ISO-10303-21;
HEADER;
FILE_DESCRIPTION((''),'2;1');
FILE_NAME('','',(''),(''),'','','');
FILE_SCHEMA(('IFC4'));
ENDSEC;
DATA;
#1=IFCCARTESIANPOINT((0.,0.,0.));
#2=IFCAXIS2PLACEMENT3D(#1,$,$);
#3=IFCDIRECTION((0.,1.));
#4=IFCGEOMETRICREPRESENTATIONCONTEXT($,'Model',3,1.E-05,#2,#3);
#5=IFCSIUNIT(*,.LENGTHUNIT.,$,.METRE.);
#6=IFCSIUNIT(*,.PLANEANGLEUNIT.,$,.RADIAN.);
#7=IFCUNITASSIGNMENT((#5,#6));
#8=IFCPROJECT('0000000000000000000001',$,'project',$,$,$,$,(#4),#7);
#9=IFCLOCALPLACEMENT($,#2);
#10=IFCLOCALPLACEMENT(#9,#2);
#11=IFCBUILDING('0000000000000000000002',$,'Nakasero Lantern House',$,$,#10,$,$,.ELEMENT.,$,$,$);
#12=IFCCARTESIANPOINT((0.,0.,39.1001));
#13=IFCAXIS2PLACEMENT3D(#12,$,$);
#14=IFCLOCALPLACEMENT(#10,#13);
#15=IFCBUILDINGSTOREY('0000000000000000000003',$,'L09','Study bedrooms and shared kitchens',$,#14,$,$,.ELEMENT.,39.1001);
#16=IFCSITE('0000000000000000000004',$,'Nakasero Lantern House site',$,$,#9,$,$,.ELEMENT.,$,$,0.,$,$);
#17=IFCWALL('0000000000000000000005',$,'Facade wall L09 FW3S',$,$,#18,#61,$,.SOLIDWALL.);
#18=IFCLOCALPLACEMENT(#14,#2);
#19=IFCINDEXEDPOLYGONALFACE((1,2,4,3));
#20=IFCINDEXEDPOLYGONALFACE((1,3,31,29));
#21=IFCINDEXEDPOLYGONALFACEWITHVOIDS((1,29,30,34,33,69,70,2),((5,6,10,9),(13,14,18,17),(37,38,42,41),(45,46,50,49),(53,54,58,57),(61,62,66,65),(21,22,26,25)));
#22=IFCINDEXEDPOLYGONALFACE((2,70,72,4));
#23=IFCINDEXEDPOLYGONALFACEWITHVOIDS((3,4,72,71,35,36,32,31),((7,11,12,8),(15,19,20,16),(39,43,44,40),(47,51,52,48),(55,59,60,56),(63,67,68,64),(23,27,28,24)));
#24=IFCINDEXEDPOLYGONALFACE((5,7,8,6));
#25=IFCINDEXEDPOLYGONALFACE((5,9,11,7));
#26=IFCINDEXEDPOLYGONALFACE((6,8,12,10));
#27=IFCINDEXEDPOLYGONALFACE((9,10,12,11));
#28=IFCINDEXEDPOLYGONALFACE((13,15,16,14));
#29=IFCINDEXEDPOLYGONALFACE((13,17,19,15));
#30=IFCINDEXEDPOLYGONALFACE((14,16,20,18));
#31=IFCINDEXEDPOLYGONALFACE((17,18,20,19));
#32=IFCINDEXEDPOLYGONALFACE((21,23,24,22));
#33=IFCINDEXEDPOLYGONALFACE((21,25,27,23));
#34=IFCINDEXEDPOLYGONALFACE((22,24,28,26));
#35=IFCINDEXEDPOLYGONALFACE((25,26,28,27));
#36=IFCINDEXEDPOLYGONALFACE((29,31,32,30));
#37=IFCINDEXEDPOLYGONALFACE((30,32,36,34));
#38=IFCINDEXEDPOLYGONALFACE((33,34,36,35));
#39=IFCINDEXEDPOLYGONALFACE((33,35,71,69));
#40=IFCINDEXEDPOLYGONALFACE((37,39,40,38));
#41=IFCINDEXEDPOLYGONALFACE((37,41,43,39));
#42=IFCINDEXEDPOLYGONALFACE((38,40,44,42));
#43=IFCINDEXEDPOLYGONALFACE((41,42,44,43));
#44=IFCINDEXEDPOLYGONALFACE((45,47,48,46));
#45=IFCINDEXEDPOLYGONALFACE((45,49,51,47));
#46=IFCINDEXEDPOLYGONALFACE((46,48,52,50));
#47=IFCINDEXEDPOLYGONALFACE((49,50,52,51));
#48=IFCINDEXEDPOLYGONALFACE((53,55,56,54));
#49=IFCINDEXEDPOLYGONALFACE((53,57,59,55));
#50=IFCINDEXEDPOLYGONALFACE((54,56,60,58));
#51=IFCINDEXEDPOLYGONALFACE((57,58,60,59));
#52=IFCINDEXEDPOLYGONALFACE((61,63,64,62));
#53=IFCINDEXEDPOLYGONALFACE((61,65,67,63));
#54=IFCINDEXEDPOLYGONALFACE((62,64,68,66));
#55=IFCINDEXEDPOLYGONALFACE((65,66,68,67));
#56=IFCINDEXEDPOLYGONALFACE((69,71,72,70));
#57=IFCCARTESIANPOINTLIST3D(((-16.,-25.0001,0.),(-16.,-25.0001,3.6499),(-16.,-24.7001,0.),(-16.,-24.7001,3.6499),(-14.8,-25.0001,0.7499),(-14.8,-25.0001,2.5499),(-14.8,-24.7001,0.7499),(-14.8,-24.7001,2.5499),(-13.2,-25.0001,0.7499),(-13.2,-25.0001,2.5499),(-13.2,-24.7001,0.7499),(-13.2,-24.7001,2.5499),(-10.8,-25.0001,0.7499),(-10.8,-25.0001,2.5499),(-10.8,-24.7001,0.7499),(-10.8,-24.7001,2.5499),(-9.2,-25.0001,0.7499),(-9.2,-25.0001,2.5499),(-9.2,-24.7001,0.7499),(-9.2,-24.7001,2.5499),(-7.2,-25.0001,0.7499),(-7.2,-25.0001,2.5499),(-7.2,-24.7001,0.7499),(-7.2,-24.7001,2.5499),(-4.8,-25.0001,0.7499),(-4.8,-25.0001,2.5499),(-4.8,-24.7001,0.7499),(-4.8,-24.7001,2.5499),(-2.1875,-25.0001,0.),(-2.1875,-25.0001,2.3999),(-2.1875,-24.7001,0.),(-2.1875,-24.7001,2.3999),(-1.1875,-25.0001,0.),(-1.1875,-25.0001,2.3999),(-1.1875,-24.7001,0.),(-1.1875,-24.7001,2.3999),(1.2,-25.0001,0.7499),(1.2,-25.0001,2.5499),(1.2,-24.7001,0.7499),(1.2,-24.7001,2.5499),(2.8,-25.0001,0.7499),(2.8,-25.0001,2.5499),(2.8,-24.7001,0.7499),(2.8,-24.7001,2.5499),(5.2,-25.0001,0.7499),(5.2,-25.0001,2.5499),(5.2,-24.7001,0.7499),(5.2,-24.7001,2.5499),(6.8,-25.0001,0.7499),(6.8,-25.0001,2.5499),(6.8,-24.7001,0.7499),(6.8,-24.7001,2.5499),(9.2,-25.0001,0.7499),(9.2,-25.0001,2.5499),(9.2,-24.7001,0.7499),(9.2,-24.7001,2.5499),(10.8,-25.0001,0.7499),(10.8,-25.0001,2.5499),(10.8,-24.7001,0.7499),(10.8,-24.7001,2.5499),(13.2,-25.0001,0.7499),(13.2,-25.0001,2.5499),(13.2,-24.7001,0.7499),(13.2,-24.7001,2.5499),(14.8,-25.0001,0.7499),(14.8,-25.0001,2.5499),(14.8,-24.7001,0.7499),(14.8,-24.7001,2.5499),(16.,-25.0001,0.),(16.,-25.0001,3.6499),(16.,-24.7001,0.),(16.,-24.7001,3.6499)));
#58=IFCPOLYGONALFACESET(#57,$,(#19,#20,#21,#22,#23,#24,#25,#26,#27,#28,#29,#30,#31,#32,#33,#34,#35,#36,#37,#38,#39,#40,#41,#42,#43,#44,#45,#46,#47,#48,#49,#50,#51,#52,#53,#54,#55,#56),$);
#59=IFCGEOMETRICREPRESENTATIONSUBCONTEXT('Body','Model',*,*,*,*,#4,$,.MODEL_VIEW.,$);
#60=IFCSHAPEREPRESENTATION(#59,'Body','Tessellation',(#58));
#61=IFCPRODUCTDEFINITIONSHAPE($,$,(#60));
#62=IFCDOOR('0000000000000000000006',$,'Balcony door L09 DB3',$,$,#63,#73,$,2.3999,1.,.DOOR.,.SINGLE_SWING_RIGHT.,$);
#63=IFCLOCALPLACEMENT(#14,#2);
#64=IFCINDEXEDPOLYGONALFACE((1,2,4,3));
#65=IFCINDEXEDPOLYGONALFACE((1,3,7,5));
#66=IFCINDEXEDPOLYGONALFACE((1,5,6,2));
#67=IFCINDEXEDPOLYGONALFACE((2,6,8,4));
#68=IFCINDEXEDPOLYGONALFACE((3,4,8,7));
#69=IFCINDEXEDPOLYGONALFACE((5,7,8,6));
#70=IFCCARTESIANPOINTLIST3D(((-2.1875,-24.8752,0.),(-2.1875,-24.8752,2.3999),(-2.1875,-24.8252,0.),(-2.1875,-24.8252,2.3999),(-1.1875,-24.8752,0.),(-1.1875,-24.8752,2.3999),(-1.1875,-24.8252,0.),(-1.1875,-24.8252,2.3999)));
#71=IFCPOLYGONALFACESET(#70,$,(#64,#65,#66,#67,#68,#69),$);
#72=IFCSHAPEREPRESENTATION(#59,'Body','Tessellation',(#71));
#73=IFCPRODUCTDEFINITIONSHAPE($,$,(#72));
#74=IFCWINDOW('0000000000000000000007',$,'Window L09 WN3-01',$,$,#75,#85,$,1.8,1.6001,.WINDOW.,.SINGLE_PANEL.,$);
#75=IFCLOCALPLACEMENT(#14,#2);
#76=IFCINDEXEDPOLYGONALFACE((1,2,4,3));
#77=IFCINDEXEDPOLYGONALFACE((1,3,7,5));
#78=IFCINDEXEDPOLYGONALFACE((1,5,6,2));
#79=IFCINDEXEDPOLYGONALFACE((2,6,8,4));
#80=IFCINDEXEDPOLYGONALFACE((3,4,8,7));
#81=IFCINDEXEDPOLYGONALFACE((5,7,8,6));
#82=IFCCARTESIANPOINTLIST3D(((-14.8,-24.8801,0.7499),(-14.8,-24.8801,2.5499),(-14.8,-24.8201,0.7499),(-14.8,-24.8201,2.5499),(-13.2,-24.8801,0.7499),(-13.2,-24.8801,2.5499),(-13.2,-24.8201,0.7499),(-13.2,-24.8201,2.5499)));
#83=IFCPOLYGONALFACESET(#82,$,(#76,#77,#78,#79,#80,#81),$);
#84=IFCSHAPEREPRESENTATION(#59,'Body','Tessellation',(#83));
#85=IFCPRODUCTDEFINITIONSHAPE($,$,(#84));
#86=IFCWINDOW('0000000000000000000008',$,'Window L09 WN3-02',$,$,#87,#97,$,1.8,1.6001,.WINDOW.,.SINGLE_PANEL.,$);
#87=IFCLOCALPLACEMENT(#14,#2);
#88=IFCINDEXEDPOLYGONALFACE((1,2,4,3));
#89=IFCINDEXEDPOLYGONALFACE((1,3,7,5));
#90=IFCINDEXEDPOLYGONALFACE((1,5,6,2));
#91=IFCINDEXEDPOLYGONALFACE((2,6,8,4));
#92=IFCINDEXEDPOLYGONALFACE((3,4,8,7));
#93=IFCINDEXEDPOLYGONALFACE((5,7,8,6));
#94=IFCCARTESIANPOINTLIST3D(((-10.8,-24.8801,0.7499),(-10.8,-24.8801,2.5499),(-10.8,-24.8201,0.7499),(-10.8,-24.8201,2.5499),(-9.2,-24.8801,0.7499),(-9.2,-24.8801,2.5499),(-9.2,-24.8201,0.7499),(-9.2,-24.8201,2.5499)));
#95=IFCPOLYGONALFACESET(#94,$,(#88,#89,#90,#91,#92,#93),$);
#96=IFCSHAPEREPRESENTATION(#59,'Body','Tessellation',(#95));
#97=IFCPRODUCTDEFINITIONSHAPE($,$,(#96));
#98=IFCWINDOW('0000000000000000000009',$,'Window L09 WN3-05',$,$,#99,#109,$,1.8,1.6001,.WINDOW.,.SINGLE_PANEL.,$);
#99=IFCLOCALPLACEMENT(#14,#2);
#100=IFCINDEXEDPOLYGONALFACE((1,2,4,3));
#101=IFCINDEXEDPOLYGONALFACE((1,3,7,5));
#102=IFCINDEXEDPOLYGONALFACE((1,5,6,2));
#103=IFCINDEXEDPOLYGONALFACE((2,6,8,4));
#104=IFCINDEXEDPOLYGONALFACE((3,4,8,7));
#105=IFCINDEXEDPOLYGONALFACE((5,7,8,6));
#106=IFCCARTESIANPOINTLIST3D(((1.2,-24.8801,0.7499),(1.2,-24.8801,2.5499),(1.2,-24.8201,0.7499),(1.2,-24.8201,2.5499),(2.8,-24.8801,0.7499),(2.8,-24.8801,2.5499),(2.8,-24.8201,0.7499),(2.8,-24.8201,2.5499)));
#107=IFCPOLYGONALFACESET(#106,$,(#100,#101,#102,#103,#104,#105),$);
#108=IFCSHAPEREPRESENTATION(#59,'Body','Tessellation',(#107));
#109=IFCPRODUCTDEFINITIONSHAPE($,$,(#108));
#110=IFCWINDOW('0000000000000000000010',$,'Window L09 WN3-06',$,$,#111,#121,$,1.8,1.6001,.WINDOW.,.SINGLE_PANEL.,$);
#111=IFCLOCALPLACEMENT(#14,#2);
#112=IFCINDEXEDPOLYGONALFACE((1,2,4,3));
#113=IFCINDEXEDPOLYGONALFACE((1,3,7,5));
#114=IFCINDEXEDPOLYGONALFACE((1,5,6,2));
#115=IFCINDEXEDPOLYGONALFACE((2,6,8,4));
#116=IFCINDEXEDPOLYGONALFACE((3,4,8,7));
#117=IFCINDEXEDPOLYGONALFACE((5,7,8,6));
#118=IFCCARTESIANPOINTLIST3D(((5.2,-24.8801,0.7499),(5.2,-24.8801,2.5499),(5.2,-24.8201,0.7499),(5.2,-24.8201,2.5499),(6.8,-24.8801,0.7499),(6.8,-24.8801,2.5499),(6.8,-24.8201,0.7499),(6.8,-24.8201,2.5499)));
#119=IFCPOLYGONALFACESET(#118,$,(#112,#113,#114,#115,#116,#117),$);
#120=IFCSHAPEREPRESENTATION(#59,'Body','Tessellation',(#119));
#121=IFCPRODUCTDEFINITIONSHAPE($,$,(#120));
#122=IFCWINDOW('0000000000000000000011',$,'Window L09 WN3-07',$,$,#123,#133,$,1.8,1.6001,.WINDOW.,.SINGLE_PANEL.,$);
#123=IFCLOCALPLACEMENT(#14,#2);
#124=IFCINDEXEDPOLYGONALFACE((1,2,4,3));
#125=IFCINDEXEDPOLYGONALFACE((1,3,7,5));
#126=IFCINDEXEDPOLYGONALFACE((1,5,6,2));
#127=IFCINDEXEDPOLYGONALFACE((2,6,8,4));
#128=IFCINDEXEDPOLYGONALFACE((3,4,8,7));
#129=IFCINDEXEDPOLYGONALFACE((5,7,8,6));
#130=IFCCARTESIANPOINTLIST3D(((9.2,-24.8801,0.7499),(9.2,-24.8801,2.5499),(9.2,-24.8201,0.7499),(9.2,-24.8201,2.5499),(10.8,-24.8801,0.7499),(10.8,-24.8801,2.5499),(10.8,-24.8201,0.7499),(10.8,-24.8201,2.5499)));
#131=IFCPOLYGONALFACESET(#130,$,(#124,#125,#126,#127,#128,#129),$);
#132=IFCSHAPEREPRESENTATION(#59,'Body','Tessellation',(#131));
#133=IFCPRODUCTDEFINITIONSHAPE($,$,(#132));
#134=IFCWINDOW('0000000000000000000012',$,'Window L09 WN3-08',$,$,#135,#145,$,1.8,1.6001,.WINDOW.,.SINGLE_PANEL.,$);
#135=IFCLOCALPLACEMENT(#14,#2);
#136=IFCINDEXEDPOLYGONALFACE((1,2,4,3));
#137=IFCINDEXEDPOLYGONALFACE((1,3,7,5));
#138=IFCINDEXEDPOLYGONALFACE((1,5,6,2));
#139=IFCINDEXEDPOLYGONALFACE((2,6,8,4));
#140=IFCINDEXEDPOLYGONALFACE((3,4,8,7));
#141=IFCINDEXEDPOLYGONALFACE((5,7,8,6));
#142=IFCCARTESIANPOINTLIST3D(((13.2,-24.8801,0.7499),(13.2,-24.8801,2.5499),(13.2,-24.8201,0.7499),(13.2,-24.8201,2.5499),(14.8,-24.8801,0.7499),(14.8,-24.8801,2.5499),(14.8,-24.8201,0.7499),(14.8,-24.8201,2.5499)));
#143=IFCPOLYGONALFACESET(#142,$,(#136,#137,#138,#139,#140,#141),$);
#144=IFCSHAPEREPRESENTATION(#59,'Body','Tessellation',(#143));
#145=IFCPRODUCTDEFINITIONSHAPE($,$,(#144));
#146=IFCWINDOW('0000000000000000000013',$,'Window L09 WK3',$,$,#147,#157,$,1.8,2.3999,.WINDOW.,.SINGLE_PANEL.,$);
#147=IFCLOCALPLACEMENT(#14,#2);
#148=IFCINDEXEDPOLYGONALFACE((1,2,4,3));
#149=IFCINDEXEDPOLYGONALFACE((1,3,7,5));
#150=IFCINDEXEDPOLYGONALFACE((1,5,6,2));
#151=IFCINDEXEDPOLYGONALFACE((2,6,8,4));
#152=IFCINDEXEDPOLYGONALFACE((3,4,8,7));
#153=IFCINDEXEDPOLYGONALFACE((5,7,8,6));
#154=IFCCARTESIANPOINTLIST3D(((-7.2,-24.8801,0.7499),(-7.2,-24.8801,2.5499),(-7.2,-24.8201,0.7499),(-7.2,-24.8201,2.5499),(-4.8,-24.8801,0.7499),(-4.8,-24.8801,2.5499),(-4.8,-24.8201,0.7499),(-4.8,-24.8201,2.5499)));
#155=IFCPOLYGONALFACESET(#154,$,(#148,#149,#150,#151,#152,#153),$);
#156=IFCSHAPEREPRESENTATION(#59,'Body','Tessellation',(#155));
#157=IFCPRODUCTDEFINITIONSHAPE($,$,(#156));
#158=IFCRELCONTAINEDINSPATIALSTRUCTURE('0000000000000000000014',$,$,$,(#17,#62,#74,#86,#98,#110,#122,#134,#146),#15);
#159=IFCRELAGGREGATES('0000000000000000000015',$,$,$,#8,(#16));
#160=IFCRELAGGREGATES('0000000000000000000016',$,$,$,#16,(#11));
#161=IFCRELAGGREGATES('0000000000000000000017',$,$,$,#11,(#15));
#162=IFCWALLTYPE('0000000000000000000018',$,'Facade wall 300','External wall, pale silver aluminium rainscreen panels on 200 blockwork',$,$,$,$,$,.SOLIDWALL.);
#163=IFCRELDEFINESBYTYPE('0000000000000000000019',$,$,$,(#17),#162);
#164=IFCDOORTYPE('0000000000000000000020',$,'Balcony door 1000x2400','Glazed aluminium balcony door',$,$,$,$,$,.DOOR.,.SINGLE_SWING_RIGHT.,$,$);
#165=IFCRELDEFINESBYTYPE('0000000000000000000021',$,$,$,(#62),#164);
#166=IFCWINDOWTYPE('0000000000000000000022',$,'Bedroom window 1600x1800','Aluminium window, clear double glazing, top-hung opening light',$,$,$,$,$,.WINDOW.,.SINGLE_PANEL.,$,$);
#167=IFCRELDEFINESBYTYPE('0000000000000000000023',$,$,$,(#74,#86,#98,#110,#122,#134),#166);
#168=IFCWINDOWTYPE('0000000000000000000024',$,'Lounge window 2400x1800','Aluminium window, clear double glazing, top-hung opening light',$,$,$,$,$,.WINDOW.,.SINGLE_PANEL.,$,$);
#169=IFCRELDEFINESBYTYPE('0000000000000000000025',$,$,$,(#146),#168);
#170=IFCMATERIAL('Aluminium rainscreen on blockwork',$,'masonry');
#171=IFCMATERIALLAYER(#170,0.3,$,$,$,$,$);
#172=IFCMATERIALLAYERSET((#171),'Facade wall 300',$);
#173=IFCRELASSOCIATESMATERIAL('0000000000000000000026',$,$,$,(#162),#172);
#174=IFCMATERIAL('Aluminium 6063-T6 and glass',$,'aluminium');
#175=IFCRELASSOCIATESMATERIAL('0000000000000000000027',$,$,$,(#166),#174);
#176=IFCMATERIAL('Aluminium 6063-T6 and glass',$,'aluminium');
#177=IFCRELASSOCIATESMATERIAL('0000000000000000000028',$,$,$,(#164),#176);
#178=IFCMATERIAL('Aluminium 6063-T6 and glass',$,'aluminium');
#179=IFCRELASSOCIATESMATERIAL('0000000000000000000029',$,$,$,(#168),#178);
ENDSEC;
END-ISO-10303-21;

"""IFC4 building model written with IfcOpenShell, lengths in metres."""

from ifc_helpers import new_model, si_unit, direction, frame, frame_2d, origin, place, context, subcontext, project, spatial, rectangle, extrude, material, layer, layer_set, type_object, element, fill, save


model = new_model("IFC4")

# Units and contexts
model_context = context("Model", 3, precision=1e-05, world=origin(), true_north=direction((0.0, 1.0)))
body_context = subcontext(model_context, "Body", "Model", "MODEL_VIEW")
ifc_project = project(units=[si_unit("LENGTHUNIT", "METRE"), si_unit("PLANEANGLEUNIT", "RADIAN")], contexts=[model_context])

# Site, building, storey
site_placement = place(None, origin())
site = spatial("IfcSite", under=ifc_project, at=site_placement, Name="Nakasero Lantern House site", CompositionType="ELEMENT", RefElevation=0.0)
building_placement = place(site_placement, origin())
building = spatial("IfcBuilding", under=site, at=building_placement, Name="Nakasero Lantern House", CompositionType="ELEMENT")
storey_placement = place(building_placement, frame((0.0, 0.0, 39.1001)))
storey = spatial("IfcBuildingStorey", under=building, at=storey_placement, Name="L09", Description="Study bedrooms and shared kitchens", CompositionType="ELEMENT", Elevation=39.1001)

# Shared definitions
ifc_material_1 = material(Name="Aluminium rainscreen on blockwork", Category="masonry")
ifc_layer_1 = layer(ifc_material_1, 0.3)
ifc_layer_set_1 = layer_set([ifc_layer_1], Name="Facade wall 300")
wall_type_1 = type_object("IfcWallType", Name="Facade wall 300", Description="External wall, pale silver aluminium rainscreen panels on 200 blockwork", PredefinedType="SOLIDWALL", material=ifc_layer_set_1)
ifc_material_2 = material(Name="Aluminium 6063-T6 and glass", Category="aluminium")
window_type_1 = type_object("IfcWindowType", Name="Bedroom window 1600x1800", Description="Aluminium window, clear double glazing, top-hung opening light", PartitioningType="SINGLE_PANEL", PredefinedType="WINDOW", material=ifc_material_2)

# Wall, openings, door, windows
wall_1_placement = place(storey_placement, frame((-16.0, -24.8501, 0.0), z_axis=(0.0, 0.0, 1.0), x_axis=(1.0, 0.0, 0.0)))
wall_1 = element("IfcWall", 1, at=wall_1_placement, inside=storey, type_object=wall_type_1, Name="Facade wall L09 FW3S", PredefinedType="SOLIDWALL", context=body_context, shape_type="SweptSolid", body=[
    extrude(rectangle(XDim=32.0, YDim=0.3, at=frame_2d((16.0, 0.0))), origin(), (0.0, 0.0, 1.0), 3.6499),
])
opening_1_placement = place(wall_1_placement, frame((1.2, 0.0, 0.75)))
opening_1 = element("IfcOpeningElement", 2, at=opening_1_placement, cuts=wall_1, PredefinedType="OPENING", context=body_context, shape_type="SweptSolid", body=[
    extrude(rectangle(XDim=1.6001, YDim=1.8, at=frame_2d((0.8, 0.8999))), frame((0.0, 0.1699, 0.0), z_axis=(0.0, -1.0, 0.0), x_axis=(1.0, 0.0, 0.0)), (0.0, 0.0, 1.0), 0.3401),
])
opening_2_placement = place(wall_1_placement, frame((5.2, 0.0, 0.75)))
opening_2 = element("IfcOpeningElement", 3, at=opening_2_placement, cuts=wall_1, PredefinedType="OPENING", context=body_context, shape_type="SweptSolid", body=[
    extrude(rectangle(XDim=1.6001, YDim=1.8, at=frame_2d((0.8, 0.8999))), frame((0.0, 0.1699, 0.0), z_axis=(0.0, -1.0, 0.0), x_axis=(1.0, 0.0, 0.0)), (0.0, 0.0, 1.0), 0.3401),
])
opening_3_placement = place(wall_1_placement, frame((17.2, 0.0, 0.75)))
opening_3 = element("IfcOpeningElement", 4, at=opening_3_placement, cuts=wall_1, PredefinedType="OPENING", context=body_context, shape_type="SweptSolid", body=[
    extrude(rectangle(XDim=1.6001, YDim=1.8, at=frame_2d((0.8, 0.8999))), frame((0.0, 0.1699, 0.0), z_axis=(0.0, -1.0, 0.0), x_axis=(1.0, 0.0, 0.0)), (0.0, 0.0, 1.0), 0.3401),
])
opening_4_placement = place(wall_1_placement, frame((21.2, 0.0, 0.75)))
opening_4 = element("IfcOpeningElement", 5, at=opening_4_placement, cuts=wall_1, PredefinedType="OPENING", context=body_context, shape_type="SweptSolid", body=[
    extrude(rectangle(XDim=1.6001, YDim=1.8, at=frame_2d((0.8, 0.8999))), frame((0.0, 0.1699, 0.0), z_axis=(0.0, -1.0, 0.0), x_axis=(1.0, 0.0, 0.0)), (0.0, 0.0, 1.0), 0.3401),
])
opening_5_placement = place(wall_1_placement, frame((25.2, 0.0, 0.75)))
opening_5 = element("IfcOpeningElement", 6, at=opening_5_placement, cuts=wall_1, PredefinedType="OPENING", context=body_context, shape_type="SweptSolid", body=[
    extrude(rectangle(XDim=1.6001, YDim=1.8, at=frame_2d((0.8, 0.8999))), frame((0.0, 0.1699, 0.0), z_axis=(0.0, -1.0, 0.0), x_axis=(1.0, 0.0, 0.0)), (0.0, 0.0, 1.0), 0.3401),
])
opening_6_placement = place(wall_1_placement, frame((29.2, 0.0, 0.75)))
opening_6 = element("IfcOpeningElement", 7, at=opening_6_placement, cuts=wall_1, PredefinedType="OPENING", context=body_context, shape_type="SweptSolid", body=[
    extrude(rectangle(XDim=1.6001, YDim=1.8, at=frame_2d((0.8, 0.8999))), frame((0.0, 0.1699, 0.0), z_axis=(0.0, -1.0, 0.0), x_axis=(1.0, 0.0, 0.0)), (0.0, 0.0, 1.0), 0.3401),
])
opening_7_placement = place(wall_1_placement, frame((8.8, 0.0, 0.75)))
opening_7 = element("IfcOpeningElement", 8, at=opening_7_placement, cuts=wall_1, PredefinedType="OPENING", context=body_context, shape_type="SweptSolid", body=[
    extrude(rectangle(XDim=2.3999, YDim=1.8, at=frame_2d((1.2, 0.8999))), frame((0.0, 0.1699, 0.0), z_axis=(0.0, -1.0, 0.0), x_axis=(1.0, 0.0, 0.0)), (0.0, 0.0, 1.0), 0.3401),
])
opening_8_placement = place(wall_1_placement, frame((13.8125, 0.0, 0.0)))
opening_8 = element("IfcOpeningElement", 9, at=opening_8_placement, cuts=wall_1, PredefinedType="OPENING", context=body_context, shape_type="SweptSolid", body=[
    extrude(rectangle(XDim=1.0, YDim=2.3999, at=frame_2d((0.5, 1.2))), frame((0.0, 0.1699, 0.0), z_axis=(0.0, -1.0, 0.0), x_axis=(1.0, 0.0, 0.0)), (0.0, 0.0, 1.0), 0.3401),
])
ifc_material_3 = material(Name="Aluminium 6063-T6 and glass", Category="aluminium")
door_type_1 = type_object("IfcDoorType", Name="Balcony door 1000x2400", Description="Glazed aluminium balcony door", OperationType="SINGLE_SWING_RIGHT", PredefinedType="DOOR", material=ifc_material_3)
door_1_placement = place(opening_8_placement, origin())
door_1 = element("IfcDoor", 10, at=door_1_placement, inside=storey, type_object=door_type_1, Name="Balcony door L09 DB3", OperationType="SINGLE_SWING_RIGHT", OverallHeight=2.3999, OverallWidth=1.0, PredefinedType="DOOR", context=body_context, shape_type="SweptSolid", body=[
    extrude(rectangle(XDim=1.0, YDim=2.3999, at=frame_2d((0.5, 1.2))), frame((0.0, 0.0249, 0.0), z_axis=(0.0, -1.0, 0.0), x_axis=(1.0, 0.0, 0.0)), (0.0, 0.0, 1.0), 0.05),
])
fill(opening_8, door_1)
window_1_placement = place(opening_1_placement, origin())
window_1 = element("IfcWindow", 11, at=window_1_placement, inside=storey, type_object=window_type_1, Name="Window L09 WN3-01", OverallHeight=1.8, OverallWidth=1.6001, PartitioningType="SINGLE_PANEL", PredefinedType="WINDOW", context=body_context, shape_type="SweptSolid", body=[
    extrude(rectangle(XDim=1.6001, YDim=1.8, at=frame_2d((0.8, 0.8999))), frame((0.0, 0.03, 0.0), z_axis=(0.0, -1.0, 0.0), x_axis=(1.0, 0.0, 0.0)), (0.0, 0.0, 1.0), 0.0601),
])
fill(opening_1, window_1)
window_2_placement = place(opening_2_placement, origin())
window_2 = element("IfcWindow", 12, at=window_2_placement, inside=storey, type_object=window_type_1, Name="Window L09 WN3-02", OverallHeight=1.8, OverallWidth=1.6001, PartitioningType="SINGLE_PANEL", PredefinedType="WINDOW", context=body_context, shape_type="SweptSolid", body=[
    extrude(rectangle(XDim=1.6001, YDim=1.8, at=frame_2d((0.8, 0.8999))), frame((0.0, 0.03, 0.0), z_axis=(0.0, -1.0, 0.0), x_axis=(1.0, 0.0, 0.0)), (0.0, 0.0, 1.0), 0.0601),
])
fill(opening_2, window_2)
window_3_placement = place(opening_3_placement, origin())
window_3 = element("IfcWindow", 13, at=window_3_placement, inside=storey, type_object=window_type_1, Name="Window L09 WN3-05", OverallHeight=1.8, OverallWidth=1.6001, PartitioningType="SINGLE_PANEL", PredefinedType="WINDOW", context=body_context, shape_type="SweptSolid", body=[
    extrude(rectangle(XDim=1.6001, YDim=1.8, at=frame_2d((0.8, 0.8999))), frame((0.0, 0.03, 0.0), z_axis=(0.0, -1.0, 0.0), x_axis=(1.0, 0.0, 0.0)), (0.0, 0.0, 1.0), 0.0601),
])
fill(opening_3, window_3)
window_4_placement = place(opening_4_placement, origin())
window_4 = element("IfcWindow", 14, at=window_4_placement, inside=storey, type_object=window_type_1, Name="Window L09 WN3-06", OverallHeight=1.8, OverallWidth=1.6001, PartitioningType="SINGLE_PANEL", PredefinedType="WINDOW", context=body_context, shape_type="SweptSolid", body=[
    extrude(rectangle(XDim=1.6001, YDim=1.8, at=frame_2d((0.8, 0.8999))), frame((0.0, 0.03, 0.0), z_axis=(0.0, -1.0, 0.0), x_axis=(1.0, 0.0, 0.0)), (0.0, 0.0, 1.0), 0.0601),
])
fill(opening_4, window_4)
window_5_placement = place(opening_5_placement, origin())
window_5 = element("IfcWindow", 15, at=window_5_placement, inside=storey, type_object=window_type_1, Name="Window L09 WN3-07", OverallHeight=1.8, OverallWidth=1.6001, PartitioningType="SINGLE_PANEL", PredefinedType="WINDOW", context=body_context, shape_type="SweptSolid", body=[
    extrude(rectangle(XDim=1.6001, YDim=1.8, at=frame_2d((0.8, 0.8999))), frame((0.0, 0.03, 0.0), z_axis=(0.0, -1.0, 0.0), x_axis=(1.0, 0.0, 0.0)), (0.0, 0.0, 1.0), 0.0601),
])
fill(opening_5, window_5)
window_6_placement = place(opening_6_placement, origin())
window_6 = element("IfcWindow", 16, at=window_6_placement, inside=storey, type_object=window_type_1, Name="Window L09 WN3-08", OverallHeight=1.8, OverallWidth=1.6001, PartitioningType="SINGLE_PANEL", PredefinedType="WINDOW", context=body_context, shape_type="SweptSolid", body=[
    extrude(rectangle(XDim=1.6001, YDim=1.8, at=frame_2d((0.8, 0.8999))), frame((0.0, 0.03, 0.0), z_axis=(0.0, -1.0, 0.0), x_axis=(1.0, 0.0, 0.0)), (0.0, 0.0, 1.0), 0.0601),
])
fill(opening_6, window_6)
ifc_material_4 = material(Name="Aluminium 6063-T6 and glass", Category="aluminium")
window_type_2 = type_object("IfcWindowType", Name="Lounge window 2400x1800", Description="Aluminium window, clear double glazing, top-hung opening light", PartitioningType="SINGLE_PANEL", PredefinedType="WINDOW", material=ifc_material_4)
window_7_placement = place(opening_7_placement, origin())
window_7 = element("IfcWindow", 17, at=window_7_placement, inside=storey, type_object=window_type_2, Name="Window L09 WK3", OverallHeight=1.8, OverallWidth=2.3999, PartitioningType="SINGLE_PANEL", PredefinedType="WINDOW", context=body_context, shape_type="SweptSolid", body=[
    extrude(rectangle(XDim=2.3999, YDim=1.8, at=frame_2d((1.2, 0.8999))), frame((0.0, 0.03, 0.0), z_axis=(0.0, -1.0, 0.0), x_axis=(1.0, 0.0, 0.0)), (0.0, 0.0, 1.0), 0.0601),
])
fill(opening_7, window_7)

save(model, "model.ifc")
